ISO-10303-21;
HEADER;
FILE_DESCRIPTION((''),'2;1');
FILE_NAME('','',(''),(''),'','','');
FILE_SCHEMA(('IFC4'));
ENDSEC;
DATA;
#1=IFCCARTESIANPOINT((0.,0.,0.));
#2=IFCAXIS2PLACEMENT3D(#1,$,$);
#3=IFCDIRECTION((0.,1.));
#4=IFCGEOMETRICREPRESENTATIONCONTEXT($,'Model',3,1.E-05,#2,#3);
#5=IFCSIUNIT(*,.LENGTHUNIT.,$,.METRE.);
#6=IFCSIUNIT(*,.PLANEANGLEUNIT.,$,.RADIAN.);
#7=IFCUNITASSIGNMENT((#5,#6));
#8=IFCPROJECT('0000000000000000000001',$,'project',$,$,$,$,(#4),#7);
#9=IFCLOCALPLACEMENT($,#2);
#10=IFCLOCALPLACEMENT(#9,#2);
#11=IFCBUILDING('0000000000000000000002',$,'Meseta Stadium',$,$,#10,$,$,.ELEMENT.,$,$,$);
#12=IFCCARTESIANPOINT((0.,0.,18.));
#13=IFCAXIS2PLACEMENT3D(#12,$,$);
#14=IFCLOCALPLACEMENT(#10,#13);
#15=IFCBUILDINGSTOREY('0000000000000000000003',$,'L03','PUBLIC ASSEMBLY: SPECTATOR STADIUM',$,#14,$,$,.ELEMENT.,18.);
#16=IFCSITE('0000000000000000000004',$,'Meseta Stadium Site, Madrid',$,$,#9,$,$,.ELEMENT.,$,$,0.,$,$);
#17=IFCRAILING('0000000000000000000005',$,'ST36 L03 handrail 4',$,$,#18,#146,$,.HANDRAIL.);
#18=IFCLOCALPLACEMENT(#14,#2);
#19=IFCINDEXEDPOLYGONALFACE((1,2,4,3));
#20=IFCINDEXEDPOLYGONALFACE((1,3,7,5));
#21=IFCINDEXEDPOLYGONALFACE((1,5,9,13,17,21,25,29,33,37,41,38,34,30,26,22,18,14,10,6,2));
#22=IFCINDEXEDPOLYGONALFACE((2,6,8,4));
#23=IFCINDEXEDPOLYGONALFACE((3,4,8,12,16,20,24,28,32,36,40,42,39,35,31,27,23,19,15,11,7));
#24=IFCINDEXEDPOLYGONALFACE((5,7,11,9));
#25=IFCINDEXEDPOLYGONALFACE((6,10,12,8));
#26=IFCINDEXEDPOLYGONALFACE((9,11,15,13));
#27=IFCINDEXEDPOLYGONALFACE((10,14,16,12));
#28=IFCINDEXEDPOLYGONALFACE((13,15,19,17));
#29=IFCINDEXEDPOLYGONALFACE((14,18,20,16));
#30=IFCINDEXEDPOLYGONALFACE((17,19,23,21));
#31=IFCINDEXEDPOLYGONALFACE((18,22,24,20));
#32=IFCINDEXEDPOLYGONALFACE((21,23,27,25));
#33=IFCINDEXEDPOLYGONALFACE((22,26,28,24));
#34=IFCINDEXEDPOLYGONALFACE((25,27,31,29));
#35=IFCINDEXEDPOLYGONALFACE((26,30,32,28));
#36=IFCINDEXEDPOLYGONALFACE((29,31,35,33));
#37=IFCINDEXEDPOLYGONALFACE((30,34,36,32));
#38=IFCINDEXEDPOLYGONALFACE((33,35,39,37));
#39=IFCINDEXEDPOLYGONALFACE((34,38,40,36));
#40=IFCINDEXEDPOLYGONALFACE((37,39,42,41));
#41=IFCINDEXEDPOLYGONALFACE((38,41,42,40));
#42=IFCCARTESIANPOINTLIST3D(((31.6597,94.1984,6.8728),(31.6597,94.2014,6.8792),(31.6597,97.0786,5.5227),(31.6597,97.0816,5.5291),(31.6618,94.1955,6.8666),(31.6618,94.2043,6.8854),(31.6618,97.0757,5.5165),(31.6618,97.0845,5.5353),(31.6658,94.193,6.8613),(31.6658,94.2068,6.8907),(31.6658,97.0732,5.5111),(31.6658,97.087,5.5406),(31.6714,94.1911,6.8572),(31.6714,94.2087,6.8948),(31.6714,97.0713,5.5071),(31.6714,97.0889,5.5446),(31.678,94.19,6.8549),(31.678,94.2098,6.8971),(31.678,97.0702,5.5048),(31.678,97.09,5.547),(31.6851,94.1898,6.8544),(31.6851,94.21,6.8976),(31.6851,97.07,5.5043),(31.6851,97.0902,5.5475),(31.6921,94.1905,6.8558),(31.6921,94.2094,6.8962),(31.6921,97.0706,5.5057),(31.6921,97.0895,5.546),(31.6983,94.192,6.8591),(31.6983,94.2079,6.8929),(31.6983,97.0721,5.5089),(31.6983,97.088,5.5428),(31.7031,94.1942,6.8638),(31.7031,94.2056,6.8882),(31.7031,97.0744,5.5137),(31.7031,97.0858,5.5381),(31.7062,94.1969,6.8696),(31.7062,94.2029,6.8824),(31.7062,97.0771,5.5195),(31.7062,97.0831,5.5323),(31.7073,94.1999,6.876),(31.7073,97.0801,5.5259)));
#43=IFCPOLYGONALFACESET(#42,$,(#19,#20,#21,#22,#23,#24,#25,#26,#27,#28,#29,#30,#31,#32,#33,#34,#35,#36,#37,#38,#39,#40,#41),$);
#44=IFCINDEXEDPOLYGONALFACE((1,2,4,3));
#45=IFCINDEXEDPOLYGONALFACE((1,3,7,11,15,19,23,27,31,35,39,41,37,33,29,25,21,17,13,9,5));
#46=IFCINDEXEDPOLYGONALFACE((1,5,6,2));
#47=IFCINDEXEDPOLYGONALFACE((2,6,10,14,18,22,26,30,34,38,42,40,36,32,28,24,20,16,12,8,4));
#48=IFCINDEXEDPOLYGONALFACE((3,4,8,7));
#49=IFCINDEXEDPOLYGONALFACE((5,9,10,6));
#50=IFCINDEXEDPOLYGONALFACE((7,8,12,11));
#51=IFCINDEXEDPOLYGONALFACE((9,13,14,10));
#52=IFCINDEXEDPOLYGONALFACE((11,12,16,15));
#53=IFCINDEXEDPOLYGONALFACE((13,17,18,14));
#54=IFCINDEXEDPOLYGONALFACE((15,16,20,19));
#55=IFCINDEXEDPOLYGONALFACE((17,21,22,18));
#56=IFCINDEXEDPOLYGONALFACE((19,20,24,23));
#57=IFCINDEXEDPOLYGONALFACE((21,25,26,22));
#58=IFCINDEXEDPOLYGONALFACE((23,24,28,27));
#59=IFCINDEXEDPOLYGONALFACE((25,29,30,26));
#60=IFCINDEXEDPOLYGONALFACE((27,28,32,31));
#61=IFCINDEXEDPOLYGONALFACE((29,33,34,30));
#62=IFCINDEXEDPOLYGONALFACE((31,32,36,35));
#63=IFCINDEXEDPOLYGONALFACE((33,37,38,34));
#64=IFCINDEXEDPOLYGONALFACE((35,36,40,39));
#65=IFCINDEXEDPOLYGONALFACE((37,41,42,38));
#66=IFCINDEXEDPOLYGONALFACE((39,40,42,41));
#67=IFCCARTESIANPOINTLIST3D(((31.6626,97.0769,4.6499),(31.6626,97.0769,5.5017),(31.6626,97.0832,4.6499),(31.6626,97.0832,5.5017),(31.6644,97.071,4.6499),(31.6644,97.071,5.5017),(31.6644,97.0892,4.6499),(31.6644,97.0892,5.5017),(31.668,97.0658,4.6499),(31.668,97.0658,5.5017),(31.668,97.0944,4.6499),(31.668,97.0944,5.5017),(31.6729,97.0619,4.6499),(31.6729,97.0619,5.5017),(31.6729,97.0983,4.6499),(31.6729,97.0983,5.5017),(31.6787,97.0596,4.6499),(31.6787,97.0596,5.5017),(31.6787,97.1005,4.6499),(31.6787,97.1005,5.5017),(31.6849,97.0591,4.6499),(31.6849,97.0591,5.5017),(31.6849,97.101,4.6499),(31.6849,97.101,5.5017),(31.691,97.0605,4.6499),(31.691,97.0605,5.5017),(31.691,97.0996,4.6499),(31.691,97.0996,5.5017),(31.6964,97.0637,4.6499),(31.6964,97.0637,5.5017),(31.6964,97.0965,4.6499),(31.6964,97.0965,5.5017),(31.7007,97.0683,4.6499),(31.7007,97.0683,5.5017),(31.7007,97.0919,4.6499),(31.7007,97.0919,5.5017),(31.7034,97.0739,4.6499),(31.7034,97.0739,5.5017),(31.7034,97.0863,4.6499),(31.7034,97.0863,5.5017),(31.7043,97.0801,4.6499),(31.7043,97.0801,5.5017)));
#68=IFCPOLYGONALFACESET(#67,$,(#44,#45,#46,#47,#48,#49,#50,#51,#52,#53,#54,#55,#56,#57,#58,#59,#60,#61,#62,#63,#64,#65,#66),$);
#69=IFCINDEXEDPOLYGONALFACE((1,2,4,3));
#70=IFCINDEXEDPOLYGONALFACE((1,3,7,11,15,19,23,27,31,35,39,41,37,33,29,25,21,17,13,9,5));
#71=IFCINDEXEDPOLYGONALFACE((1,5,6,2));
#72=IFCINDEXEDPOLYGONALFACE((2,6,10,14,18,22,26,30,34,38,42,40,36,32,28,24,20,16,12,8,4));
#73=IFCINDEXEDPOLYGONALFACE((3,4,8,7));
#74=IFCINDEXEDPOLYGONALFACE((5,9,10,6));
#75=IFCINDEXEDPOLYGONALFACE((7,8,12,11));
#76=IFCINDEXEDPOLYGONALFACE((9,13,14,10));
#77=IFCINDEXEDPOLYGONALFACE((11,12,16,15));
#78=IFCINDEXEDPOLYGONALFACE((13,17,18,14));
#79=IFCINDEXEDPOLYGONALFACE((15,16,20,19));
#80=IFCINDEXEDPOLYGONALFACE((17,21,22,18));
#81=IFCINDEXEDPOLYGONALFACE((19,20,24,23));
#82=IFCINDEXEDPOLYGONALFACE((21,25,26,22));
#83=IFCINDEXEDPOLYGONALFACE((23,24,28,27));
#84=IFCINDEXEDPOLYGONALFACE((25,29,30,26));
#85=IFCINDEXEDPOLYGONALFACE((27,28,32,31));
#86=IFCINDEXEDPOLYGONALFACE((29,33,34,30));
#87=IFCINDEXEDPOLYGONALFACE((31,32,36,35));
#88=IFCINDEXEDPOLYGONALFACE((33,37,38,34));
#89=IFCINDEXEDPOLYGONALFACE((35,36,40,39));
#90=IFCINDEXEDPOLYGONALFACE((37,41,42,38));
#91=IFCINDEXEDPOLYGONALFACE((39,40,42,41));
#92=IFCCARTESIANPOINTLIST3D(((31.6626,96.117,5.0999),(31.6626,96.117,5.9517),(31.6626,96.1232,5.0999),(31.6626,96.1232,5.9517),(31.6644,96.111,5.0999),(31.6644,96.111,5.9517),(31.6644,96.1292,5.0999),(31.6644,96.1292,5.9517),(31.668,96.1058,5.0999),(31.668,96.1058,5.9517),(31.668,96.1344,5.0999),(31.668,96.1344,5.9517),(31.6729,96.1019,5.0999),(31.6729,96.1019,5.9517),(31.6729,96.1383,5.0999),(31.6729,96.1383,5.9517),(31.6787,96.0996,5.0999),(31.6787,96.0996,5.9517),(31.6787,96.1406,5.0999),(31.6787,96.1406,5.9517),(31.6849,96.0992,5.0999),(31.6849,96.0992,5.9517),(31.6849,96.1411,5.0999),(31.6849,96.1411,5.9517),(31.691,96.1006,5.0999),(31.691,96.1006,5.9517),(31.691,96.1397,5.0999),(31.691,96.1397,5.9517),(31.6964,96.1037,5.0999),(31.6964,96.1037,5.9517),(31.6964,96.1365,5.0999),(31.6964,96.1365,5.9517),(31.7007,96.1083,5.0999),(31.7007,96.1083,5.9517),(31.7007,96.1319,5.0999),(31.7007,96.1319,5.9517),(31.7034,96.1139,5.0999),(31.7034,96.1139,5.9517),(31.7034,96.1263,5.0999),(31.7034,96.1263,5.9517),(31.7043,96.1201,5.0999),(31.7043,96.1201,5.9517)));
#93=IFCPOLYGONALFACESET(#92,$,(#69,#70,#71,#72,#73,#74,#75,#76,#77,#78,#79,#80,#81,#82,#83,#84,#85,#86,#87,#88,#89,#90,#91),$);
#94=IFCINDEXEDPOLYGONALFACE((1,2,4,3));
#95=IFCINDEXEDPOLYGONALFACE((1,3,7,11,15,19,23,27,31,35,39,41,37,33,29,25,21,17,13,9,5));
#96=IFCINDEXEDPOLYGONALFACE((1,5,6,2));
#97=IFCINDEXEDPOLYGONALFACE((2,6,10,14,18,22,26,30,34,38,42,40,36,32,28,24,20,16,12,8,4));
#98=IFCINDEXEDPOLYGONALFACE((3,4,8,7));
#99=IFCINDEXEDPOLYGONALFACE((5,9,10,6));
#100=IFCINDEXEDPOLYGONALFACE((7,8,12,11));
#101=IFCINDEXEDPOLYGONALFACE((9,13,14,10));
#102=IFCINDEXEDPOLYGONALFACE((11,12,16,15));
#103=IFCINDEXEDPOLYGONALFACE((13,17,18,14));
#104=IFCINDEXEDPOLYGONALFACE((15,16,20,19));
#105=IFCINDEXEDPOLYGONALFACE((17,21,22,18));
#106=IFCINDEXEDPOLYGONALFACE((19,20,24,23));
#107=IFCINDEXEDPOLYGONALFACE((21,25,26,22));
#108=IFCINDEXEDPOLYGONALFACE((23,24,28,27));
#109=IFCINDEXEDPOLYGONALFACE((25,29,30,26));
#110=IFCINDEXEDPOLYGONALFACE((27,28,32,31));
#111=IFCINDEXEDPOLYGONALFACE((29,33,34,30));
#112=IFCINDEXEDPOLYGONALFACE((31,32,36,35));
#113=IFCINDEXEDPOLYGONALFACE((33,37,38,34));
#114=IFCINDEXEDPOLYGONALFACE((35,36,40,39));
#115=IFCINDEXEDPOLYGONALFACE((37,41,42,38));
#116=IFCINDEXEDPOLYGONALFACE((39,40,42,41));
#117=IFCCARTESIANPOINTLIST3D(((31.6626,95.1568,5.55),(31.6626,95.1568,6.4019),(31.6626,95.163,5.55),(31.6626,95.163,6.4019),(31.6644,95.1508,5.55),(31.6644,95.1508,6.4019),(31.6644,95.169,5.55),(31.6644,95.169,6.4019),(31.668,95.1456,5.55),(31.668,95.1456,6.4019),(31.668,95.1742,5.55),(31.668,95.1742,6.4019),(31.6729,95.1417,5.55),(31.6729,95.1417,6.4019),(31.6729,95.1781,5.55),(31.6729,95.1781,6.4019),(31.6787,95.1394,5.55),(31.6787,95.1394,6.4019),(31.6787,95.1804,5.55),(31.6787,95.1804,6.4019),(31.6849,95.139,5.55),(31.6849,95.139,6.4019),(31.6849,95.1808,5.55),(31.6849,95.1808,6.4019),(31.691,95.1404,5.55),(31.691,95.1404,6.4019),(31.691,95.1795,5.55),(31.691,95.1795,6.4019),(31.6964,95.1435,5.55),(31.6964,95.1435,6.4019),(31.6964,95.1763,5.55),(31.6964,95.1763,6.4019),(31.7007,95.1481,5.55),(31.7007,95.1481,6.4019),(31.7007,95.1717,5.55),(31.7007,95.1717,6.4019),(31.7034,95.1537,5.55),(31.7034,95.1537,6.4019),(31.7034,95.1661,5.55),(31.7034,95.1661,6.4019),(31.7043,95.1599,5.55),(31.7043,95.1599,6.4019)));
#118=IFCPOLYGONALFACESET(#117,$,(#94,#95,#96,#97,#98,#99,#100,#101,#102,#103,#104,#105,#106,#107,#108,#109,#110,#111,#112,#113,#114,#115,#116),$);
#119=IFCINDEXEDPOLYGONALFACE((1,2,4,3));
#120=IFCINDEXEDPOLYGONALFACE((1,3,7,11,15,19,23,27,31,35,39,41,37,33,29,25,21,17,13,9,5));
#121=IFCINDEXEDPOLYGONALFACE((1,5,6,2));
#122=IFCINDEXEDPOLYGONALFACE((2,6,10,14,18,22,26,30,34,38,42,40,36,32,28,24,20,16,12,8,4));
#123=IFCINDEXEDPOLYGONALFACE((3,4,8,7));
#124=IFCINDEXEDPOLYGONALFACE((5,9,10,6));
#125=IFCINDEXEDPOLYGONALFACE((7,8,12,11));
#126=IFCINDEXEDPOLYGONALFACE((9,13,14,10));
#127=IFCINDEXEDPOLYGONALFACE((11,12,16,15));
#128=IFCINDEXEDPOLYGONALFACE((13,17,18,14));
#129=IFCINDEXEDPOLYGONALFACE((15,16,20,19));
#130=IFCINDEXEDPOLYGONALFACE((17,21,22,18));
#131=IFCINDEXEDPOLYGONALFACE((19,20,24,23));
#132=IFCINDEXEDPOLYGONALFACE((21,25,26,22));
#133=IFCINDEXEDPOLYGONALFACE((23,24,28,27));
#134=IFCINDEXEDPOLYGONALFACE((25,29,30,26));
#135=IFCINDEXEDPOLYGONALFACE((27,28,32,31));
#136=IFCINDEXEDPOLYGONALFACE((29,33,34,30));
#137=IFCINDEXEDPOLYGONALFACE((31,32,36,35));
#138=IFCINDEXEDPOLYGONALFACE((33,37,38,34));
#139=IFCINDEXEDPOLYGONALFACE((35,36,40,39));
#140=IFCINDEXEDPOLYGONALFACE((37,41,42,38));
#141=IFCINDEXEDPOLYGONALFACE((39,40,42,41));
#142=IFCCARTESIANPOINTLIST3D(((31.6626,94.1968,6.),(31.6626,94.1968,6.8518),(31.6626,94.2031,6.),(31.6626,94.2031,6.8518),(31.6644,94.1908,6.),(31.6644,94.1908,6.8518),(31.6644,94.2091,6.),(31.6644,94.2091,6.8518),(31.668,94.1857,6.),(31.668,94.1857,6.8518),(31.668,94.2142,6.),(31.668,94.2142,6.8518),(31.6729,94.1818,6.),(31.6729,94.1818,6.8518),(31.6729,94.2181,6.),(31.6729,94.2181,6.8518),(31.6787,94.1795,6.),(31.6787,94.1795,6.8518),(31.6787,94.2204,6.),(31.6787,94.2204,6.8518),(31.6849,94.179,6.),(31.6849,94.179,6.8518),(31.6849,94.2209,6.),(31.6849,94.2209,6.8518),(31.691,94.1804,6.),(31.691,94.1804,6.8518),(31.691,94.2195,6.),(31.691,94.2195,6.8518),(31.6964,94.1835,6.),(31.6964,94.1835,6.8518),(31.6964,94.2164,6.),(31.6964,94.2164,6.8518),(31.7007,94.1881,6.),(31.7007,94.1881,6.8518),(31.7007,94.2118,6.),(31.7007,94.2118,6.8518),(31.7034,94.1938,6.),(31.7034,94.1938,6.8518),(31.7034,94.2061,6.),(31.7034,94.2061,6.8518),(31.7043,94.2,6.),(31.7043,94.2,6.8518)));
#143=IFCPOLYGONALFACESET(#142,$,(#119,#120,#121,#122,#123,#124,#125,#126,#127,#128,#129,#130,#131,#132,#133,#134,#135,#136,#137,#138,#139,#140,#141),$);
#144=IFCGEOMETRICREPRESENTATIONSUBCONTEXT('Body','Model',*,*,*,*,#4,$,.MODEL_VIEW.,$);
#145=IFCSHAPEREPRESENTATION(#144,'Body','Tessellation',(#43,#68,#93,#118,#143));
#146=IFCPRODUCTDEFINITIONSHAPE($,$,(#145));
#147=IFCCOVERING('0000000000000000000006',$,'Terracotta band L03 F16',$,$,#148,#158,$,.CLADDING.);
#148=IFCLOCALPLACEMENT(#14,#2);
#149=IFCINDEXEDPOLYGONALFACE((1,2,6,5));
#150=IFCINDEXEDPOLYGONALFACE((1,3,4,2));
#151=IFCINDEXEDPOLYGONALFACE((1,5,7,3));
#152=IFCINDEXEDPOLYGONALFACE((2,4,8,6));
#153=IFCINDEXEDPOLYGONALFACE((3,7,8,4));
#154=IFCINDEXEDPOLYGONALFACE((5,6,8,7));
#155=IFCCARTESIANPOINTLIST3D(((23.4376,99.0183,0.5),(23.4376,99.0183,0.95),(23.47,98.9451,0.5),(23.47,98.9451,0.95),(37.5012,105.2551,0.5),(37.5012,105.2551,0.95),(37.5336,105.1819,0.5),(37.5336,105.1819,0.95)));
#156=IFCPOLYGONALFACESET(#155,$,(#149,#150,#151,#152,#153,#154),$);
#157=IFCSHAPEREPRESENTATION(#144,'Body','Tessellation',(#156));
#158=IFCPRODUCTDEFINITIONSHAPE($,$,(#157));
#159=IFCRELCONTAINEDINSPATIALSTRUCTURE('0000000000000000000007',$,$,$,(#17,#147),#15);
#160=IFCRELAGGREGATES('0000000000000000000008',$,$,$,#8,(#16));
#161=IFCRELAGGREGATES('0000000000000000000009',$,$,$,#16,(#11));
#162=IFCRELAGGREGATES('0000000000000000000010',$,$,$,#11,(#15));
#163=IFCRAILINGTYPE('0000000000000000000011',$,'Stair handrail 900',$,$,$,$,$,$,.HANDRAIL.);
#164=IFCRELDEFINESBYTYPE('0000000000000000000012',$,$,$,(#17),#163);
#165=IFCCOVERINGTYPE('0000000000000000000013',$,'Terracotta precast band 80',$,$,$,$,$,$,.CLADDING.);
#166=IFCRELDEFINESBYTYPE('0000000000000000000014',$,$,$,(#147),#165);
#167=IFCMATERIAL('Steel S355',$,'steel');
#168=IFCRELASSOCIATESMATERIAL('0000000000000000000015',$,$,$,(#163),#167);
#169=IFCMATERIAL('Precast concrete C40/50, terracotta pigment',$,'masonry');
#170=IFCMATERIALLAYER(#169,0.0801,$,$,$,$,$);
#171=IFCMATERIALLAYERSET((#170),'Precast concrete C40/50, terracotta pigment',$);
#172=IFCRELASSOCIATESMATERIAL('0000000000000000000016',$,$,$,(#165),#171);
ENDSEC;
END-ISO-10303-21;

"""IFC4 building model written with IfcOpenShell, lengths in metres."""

from ifc_helpers import new_model, si_unit, direction, frame, origin, origin_2d, place, context, subcontext, project, spatial, rectangle, circle, extrude, material, layer, layer_set, type_object, element, save


model = new_model("IFC4")

# Units and contexts
model_context = context("Model", 3, precision=1e-05, world=origin(), true_north=direction((0.0, 1.0)))
body_context = subcontext(model_context, "Body", "Model", "MODEL_VIEW")
ifc_project = project(units=[si_unit("LENGTHUNIT", "METRE"), si_unit("PLANEANGLEUNIT", "RADIAN")], contexts=[model_context])

# Site, building, storey
site_placement = place(None, origin())
site = spatial("IfcSite", under=ifc_project, at=site_placement, Name="Meseta Stadium Site, Madrid", CompositionType="ELEMENT", RefElevation=0.0)
building_placement = place(site_placement, origin())
building = spatial("IfcBuilding", under=site, at=building_placement, Name="Meseta Stadium", CompositionType="ELEMENT")
storey_placement = place(building_placement, frame((0.0, 0.0, 18.0)))
storey = spatial("IfcBuildingStorey", under=building, at=storey_placement, Name="L03", Description="PUBLIC ASSEMBLY: SPECTATOR STADIUM", CompositionType="ELEMENT", Elevation=18.0)

# Railing
ifc_material_1 = material(Name="Steel S355", Category="steel")
railing_type = type_object("IfcRailingType", Name="Stair handrail 900", PredefinedType="HANDRAIL", material=ifc_material_1)
for number, where, name in (
    (1, (31.6833, 97.0801, 4.6499), "ST36 L03 handrail 4"),
):
    element("IfcRailing", number, at=place(storey_placement, frame(where)), inside=storey, type_object=railing_type, Name=name, PredefinedType="HANDRAIL", context=body_context, shape_type="SweptSolid", body=[
        extrude(circle(Radius=0.0239, at=origin_2d()), frame((0.0, 0.0, 0.876), z_axis=(0.0, -0.905454, 0.424444), x_axis=(1.0, 0.0, 0.0)), (0.0, 0.0, 1.0), 3.1809),
        extrude(circle(Radius=0.021, at=origin_2d()), origin(), (0.0, 0.0, 1.0), 0.8518),
        extrude(circle(Radius=0.021, at=origin_2d()), frame((0.0, -0.96, 0.45)), (0.0, 0.0, 1.0), 0.8518),
        extrude(circle(Radius=0.021, at=origin_2d()), frame((0.0, -1.9202, 0.9001)), (0.0, 0.0, 1.0), 0.8518),
        extrude(circle(Radius=0.021, at=origin_2d()), frame((0.0, -2.8801, 1.3501)), (0.0, 0.0, 1.0), 0.8518),
    ])

# Covering
ifc_material_2 = material(Name="Precast concrete C40/50, terracotta pigment", Category="masonry")
ifc_layer_1 = layer(ifc_material_2, 0.0801)
ifc_layer_set_1 = layer_set([ifc_layer_1], Name="Precast concrete C40/50, terracotta pigment")
covering_type_1 = type_object("IfcCoveringType", Name="Terracotta precast band 80", PredefinedType="CLADDING", material=ifc_layer_set_1)
covering_1_placement = place(storey_placement, frame((30.4856, 102.1001, 0.5), z_axis=(0.0, 0.0, 1.0), x_axis=(0.914139, 0.4054, 0.0)))
element("IfcCovering", 2, at=covering_1_placement, inside=storey, type_object=covering_type_1, Name="Terracotta band L03 F16", PredefinedType="CLADDING", context=body_context, shape_type="SweptSolid", body=[
    extrude(rectangle(XDim=15.3845, YDim=0.0801, at=origin_2d()), origin(), (0.0, 0.0, 1.0), 0.45),
])

save(model, "model.ifc")
